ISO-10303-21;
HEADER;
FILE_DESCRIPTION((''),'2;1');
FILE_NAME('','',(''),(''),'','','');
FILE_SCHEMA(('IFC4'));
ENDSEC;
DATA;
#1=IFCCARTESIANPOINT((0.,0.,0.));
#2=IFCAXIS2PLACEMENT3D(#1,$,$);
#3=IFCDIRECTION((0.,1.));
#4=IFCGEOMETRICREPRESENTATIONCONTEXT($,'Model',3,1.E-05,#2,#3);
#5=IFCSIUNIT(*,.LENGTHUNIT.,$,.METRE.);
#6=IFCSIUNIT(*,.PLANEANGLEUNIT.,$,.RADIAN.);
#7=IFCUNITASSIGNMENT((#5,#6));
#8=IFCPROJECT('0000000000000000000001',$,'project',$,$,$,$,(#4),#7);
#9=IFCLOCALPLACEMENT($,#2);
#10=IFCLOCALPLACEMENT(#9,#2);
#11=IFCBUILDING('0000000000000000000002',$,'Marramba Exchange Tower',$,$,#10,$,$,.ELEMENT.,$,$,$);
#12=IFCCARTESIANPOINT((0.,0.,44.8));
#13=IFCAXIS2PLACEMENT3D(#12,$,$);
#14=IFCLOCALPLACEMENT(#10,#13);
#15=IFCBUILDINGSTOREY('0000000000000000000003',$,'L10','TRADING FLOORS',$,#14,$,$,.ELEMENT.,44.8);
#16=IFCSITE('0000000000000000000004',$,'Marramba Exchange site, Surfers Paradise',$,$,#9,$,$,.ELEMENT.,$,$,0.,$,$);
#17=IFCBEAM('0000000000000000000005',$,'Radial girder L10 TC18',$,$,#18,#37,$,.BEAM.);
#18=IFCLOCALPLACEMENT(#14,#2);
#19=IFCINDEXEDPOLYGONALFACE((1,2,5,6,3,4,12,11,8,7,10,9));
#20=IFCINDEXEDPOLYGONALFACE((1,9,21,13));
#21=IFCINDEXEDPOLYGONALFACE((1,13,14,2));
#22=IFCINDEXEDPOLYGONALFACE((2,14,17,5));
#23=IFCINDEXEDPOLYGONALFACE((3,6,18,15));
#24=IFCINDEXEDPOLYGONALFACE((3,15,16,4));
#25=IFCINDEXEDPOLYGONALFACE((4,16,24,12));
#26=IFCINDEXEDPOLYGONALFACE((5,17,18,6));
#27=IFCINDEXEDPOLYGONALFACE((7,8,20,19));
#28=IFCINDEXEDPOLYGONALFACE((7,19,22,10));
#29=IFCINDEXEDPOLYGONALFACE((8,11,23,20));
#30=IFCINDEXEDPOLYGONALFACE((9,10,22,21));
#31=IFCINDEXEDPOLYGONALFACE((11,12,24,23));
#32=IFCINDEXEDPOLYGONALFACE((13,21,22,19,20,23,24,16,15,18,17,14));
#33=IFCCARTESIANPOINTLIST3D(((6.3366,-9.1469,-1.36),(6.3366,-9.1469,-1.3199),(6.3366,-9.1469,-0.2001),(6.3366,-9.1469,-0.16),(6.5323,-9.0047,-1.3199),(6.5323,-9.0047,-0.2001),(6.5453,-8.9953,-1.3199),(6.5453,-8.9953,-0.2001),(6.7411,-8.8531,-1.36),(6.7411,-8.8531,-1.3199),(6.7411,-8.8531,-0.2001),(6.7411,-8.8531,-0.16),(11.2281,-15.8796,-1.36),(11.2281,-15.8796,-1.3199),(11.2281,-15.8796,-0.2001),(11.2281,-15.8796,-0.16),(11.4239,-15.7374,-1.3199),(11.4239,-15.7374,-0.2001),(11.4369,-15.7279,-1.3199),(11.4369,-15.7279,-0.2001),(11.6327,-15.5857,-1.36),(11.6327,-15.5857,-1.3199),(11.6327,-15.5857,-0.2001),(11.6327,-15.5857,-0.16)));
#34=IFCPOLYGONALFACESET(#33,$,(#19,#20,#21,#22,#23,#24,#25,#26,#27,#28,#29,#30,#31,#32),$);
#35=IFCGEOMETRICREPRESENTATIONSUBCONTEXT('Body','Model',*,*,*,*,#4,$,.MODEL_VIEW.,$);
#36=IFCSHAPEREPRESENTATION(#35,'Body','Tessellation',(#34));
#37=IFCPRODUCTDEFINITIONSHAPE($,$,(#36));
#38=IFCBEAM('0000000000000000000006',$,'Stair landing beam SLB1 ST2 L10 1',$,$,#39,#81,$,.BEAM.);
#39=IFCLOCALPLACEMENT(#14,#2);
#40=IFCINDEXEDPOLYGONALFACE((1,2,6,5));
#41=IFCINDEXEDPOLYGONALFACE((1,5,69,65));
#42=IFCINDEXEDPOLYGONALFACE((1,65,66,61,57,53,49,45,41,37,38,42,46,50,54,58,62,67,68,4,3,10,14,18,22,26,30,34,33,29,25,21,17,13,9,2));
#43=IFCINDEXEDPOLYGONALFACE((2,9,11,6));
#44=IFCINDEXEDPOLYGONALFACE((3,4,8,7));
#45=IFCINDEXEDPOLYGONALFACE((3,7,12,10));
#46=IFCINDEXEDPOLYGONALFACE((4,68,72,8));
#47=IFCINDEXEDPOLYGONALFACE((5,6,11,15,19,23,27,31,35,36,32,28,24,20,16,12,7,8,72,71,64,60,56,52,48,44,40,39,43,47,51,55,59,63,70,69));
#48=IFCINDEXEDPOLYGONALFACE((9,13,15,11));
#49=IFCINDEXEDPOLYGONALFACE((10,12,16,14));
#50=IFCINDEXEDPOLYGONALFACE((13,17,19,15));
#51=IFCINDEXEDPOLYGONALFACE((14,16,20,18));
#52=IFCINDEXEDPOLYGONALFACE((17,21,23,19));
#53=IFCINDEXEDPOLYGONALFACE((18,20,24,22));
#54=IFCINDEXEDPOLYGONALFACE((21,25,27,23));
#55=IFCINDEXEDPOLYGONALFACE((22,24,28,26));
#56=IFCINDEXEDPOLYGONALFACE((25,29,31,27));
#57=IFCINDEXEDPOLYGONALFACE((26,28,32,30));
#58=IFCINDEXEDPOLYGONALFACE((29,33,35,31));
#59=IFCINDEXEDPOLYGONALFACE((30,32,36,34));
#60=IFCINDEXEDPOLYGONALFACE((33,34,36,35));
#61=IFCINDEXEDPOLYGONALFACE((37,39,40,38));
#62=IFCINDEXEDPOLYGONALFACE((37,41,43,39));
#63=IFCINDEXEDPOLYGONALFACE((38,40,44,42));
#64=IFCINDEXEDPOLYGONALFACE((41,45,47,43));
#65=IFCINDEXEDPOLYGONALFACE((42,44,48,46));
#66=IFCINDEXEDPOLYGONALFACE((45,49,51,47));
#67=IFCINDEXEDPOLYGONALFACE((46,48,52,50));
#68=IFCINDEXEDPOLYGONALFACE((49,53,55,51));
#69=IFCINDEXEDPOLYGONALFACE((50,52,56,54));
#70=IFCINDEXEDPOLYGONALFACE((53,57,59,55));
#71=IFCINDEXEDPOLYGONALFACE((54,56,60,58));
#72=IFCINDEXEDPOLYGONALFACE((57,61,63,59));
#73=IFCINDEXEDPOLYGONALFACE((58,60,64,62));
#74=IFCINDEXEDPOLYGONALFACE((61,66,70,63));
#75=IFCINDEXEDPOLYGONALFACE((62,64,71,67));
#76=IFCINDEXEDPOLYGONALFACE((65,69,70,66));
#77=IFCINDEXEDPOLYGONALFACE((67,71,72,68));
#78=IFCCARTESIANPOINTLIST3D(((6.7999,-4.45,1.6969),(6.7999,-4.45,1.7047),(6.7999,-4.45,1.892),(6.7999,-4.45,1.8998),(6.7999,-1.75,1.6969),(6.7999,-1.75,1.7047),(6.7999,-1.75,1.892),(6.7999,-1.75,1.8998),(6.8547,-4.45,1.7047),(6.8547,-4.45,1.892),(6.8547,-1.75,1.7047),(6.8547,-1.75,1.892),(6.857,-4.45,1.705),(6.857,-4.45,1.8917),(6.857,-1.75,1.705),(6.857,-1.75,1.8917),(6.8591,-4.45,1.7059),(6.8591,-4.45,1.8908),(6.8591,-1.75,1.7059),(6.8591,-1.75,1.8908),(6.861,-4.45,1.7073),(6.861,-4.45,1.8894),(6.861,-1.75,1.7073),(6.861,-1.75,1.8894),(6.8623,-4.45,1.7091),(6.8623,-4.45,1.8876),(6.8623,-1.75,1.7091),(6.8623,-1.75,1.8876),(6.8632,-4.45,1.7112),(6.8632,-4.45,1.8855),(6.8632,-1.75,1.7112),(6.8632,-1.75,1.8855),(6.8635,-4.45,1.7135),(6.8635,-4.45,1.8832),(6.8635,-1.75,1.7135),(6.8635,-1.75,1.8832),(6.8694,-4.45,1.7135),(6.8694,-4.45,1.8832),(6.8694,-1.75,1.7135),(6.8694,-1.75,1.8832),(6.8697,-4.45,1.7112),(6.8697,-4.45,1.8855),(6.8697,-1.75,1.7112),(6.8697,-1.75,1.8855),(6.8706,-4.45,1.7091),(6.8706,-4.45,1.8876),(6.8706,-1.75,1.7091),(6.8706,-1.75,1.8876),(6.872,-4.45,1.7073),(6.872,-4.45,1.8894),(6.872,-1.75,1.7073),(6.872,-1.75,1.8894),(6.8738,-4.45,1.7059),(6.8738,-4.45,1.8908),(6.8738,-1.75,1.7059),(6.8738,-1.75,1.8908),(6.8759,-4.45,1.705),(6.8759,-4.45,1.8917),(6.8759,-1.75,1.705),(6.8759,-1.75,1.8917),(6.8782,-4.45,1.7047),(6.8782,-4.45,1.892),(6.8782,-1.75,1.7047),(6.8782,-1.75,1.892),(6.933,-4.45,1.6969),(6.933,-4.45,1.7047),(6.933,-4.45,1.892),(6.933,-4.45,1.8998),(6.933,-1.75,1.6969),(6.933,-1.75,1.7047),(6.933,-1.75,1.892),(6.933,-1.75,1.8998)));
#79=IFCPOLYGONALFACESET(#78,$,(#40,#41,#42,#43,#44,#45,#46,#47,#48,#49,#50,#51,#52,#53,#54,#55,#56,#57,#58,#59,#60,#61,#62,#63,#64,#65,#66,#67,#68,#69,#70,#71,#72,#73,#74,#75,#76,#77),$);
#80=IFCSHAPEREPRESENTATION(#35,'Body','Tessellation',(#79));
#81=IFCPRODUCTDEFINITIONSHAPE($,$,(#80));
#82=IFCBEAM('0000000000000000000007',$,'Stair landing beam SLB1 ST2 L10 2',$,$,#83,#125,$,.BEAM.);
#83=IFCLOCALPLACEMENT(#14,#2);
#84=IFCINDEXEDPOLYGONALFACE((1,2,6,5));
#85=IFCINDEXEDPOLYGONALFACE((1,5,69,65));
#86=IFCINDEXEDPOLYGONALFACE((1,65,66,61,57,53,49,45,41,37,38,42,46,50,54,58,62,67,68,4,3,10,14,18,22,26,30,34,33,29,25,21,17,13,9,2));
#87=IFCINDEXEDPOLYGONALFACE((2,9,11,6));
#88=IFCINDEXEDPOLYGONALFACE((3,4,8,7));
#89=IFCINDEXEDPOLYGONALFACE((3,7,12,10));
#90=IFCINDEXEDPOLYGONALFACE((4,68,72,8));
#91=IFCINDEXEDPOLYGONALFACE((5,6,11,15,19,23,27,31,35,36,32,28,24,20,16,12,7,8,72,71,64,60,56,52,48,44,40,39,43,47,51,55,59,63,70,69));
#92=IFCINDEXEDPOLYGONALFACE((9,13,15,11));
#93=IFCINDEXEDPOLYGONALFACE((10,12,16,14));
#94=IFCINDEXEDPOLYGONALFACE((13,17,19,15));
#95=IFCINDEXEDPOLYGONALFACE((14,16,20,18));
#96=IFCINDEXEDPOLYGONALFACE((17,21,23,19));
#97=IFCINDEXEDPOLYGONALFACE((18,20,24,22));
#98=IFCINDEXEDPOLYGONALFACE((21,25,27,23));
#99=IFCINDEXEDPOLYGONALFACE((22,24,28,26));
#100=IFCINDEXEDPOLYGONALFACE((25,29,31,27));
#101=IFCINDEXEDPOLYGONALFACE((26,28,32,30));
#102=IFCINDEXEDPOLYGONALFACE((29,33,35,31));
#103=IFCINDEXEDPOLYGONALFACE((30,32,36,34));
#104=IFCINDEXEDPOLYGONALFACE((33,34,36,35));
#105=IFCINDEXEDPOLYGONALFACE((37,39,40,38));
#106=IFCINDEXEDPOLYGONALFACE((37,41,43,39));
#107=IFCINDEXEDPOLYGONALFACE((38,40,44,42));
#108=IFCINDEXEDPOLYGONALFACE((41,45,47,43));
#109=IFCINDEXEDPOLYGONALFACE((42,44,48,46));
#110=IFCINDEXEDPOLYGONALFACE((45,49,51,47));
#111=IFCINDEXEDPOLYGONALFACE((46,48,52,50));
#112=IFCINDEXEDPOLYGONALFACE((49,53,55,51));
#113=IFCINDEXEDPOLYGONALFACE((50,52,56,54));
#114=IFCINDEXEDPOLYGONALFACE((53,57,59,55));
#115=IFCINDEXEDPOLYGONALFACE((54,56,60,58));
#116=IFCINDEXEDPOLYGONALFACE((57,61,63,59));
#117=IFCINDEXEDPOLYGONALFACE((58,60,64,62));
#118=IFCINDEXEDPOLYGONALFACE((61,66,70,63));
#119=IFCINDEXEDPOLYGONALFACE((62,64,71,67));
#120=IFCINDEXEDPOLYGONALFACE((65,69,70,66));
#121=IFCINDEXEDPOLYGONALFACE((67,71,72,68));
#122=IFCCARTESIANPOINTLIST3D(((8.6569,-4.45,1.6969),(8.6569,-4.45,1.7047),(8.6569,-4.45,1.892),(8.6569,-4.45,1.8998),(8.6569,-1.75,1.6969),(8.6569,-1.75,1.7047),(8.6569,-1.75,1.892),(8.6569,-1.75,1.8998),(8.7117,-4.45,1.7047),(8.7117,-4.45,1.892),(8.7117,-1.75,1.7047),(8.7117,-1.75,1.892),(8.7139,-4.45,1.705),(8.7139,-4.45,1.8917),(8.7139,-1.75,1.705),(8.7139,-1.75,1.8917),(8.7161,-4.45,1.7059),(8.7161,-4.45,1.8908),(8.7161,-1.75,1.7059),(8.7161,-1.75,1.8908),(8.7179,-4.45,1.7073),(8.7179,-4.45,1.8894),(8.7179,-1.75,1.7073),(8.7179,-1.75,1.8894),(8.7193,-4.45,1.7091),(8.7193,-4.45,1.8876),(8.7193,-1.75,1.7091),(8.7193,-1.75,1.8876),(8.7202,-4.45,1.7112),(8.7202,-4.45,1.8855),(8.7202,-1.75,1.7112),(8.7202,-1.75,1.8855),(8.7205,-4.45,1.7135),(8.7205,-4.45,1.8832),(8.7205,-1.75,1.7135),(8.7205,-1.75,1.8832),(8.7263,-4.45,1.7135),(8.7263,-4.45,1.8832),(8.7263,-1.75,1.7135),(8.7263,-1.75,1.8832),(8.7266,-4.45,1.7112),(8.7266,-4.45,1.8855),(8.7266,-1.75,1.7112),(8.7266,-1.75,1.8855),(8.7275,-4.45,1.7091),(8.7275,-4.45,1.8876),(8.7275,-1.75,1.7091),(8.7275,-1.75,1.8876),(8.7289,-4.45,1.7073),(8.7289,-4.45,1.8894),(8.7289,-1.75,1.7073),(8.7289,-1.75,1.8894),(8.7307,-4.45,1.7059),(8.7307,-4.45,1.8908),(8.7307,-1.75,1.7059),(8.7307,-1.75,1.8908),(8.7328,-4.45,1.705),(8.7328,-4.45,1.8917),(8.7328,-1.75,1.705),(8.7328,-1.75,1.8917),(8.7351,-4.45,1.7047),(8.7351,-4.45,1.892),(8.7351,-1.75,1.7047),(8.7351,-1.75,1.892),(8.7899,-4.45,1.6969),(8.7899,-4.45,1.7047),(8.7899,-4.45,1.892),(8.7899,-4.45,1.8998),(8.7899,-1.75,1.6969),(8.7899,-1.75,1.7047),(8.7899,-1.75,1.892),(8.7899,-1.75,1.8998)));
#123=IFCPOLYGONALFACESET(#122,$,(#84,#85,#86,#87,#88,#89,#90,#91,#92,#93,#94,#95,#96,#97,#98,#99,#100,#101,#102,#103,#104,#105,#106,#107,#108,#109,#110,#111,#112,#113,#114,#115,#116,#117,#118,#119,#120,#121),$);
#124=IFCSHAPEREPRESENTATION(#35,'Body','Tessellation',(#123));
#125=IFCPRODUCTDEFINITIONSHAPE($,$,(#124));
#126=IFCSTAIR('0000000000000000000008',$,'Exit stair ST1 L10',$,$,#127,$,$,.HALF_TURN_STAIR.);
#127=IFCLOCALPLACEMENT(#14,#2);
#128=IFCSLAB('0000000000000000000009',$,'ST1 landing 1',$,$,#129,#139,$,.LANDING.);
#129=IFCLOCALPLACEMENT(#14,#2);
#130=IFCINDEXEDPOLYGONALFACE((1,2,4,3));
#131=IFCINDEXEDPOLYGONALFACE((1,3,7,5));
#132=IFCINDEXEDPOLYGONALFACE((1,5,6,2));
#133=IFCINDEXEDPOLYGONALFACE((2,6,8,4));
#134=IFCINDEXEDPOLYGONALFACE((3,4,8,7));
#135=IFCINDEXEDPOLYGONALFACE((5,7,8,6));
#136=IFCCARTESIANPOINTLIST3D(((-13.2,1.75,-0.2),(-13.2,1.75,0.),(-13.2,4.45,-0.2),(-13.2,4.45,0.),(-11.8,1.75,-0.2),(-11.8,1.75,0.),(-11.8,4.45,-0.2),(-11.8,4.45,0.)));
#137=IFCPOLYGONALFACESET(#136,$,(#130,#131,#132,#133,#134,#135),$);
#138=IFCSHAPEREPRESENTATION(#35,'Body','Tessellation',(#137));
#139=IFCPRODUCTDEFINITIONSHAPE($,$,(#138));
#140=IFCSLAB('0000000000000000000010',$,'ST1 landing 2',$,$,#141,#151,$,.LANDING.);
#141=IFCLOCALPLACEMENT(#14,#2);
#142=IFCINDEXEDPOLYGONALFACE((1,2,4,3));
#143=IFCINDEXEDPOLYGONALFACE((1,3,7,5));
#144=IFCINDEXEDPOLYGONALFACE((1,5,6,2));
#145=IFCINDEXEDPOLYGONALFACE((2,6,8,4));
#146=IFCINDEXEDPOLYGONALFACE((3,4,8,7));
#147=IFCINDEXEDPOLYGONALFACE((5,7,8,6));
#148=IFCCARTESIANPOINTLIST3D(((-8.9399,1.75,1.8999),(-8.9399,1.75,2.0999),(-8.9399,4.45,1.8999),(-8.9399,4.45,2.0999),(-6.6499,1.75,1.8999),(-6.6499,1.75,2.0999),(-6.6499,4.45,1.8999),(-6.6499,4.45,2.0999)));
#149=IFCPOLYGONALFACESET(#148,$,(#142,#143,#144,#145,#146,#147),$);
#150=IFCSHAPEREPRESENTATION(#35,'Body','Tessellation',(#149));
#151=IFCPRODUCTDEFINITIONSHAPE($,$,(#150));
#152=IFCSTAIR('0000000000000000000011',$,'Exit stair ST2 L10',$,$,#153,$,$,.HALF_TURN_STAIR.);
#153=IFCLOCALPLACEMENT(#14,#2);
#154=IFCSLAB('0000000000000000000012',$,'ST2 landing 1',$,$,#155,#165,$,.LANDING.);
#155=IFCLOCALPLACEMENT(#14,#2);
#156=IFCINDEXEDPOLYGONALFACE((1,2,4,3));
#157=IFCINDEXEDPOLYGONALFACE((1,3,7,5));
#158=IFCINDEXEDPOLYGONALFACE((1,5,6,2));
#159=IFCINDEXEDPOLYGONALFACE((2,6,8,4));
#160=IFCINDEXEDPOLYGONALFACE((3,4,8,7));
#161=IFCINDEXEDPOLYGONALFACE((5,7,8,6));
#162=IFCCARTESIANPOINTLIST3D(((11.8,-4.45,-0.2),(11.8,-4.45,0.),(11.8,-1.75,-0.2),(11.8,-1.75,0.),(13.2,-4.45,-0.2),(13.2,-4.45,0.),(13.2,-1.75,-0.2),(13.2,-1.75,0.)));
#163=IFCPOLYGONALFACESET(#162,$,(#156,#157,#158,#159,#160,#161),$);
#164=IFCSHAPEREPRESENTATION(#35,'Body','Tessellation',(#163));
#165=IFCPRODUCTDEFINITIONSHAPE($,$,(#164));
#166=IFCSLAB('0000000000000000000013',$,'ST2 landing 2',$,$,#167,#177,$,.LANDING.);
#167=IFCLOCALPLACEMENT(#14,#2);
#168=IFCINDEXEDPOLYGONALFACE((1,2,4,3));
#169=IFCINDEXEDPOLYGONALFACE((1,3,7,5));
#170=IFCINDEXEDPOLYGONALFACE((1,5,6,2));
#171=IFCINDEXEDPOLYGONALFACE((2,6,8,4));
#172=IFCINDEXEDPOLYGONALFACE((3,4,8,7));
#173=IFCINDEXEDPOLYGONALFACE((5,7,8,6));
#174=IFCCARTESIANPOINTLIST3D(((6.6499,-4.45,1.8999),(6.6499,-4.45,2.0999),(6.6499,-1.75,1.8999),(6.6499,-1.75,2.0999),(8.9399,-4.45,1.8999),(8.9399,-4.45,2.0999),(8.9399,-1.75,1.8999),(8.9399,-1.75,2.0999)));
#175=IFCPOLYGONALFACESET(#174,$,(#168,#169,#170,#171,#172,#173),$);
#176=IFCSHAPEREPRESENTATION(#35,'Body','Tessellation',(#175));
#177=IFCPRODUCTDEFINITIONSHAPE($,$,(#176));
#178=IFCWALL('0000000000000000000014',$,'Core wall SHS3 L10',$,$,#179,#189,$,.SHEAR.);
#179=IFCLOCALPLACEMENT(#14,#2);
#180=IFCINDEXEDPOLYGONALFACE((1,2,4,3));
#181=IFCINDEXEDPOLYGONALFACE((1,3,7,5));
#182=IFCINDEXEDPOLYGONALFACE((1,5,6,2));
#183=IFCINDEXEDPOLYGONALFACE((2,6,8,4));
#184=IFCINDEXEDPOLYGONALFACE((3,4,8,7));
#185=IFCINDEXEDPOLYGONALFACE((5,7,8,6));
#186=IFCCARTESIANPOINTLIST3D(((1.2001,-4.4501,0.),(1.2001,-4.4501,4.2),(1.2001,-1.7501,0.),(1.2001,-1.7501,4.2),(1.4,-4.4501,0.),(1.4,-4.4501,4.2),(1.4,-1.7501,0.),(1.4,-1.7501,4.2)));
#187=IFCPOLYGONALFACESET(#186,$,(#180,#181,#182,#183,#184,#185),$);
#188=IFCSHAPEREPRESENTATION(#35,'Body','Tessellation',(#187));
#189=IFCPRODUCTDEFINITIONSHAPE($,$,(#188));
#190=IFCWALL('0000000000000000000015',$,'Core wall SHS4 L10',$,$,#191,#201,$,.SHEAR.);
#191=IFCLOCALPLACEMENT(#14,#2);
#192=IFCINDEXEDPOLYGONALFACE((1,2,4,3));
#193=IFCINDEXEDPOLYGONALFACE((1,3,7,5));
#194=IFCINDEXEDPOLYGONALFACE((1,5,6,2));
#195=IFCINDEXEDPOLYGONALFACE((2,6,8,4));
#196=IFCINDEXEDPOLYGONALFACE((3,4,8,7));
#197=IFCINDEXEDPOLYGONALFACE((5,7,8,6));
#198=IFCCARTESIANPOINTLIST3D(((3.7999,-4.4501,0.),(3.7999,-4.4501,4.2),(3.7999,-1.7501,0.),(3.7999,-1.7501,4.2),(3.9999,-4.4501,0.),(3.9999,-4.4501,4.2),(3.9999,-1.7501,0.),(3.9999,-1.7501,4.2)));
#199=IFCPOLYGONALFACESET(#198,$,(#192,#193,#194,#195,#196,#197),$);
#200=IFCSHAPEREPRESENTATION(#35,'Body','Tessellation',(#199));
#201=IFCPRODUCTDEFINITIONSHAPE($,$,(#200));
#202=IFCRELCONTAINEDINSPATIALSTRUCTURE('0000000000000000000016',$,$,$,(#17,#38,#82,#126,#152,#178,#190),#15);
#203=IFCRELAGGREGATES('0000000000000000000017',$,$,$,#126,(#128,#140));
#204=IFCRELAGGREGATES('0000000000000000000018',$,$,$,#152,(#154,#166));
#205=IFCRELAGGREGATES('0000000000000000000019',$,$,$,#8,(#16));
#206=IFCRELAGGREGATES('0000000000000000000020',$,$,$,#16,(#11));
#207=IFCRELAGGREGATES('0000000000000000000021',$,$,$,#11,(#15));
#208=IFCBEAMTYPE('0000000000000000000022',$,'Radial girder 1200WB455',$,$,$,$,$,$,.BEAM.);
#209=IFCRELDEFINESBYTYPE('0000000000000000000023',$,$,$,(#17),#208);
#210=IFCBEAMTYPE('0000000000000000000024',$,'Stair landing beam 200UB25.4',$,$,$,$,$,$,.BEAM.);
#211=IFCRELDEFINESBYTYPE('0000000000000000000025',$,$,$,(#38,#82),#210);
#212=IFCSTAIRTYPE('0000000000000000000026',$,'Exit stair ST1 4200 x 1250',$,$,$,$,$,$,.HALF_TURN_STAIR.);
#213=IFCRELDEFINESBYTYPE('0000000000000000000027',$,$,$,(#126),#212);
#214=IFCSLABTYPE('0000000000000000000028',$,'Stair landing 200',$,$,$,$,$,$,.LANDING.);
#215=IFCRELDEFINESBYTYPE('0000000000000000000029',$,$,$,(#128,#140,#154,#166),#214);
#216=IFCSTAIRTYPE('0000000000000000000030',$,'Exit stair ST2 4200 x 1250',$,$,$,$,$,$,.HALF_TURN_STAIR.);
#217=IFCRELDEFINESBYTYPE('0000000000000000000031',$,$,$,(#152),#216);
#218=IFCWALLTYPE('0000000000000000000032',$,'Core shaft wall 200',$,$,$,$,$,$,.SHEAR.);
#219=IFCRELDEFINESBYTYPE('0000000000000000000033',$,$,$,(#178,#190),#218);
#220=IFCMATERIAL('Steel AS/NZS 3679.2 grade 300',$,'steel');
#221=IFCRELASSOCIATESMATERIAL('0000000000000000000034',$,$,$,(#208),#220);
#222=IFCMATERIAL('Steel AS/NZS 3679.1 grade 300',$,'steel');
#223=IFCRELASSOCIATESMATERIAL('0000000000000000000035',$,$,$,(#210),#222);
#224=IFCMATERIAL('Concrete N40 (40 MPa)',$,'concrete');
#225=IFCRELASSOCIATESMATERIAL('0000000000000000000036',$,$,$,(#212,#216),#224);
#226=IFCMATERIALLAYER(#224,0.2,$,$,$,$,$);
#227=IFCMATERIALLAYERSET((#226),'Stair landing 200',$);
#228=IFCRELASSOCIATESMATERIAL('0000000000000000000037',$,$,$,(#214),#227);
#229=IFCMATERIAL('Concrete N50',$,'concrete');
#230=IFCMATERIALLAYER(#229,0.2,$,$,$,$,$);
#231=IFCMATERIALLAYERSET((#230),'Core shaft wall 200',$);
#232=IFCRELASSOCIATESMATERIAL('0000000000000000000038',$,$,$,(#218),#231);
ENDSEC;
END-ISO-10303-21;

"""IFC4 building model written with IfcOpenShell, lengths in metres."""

from ifc_helpers import new_model, si_unit, direction, frame, frame_2d, origin, origin_2d, place, context, subcontext, project, spatial, polyline, rectangle, i_section, outline, extrude, material, layer, layer_set, material_profile, profile_set, type_object, element, aggregate, save


model = new_model("IFC4")

# Units and contexts
model_context = context("Model", 3, precision=1e-05, world=origin(), true_north=direction((0.0, 1.0)))
body_context = subcontext(model_context, "Body", "Model", "MODEL_VIEW")
ifc_project = project(units=[si_unit("LENGTHUNIT", "METRE"), si_unit("PLANEANGLEUNIT", "RADIAN")], contexts=[model_context])

# Site, building, storey
site_placement = place(None, origin())
site = spatial("IfcSite", under=ifc_project, at=site_placement, Name="Marramba Exchange site, Surfers Paradise", CompositionType="ELEMENT", RefElevation=0.0)
building_placement = place(site_placement, origin())
building = spatial("IfcBuilding", under=site, at=building_placement, Name="Marramba Exchange Tower", CompositionType="ELEMENT")
storey_placement = place(building_placement, frame((0.0, 0.0, 44.8)))
storey = spatial("IfcBuildingStorey", under=building, at=storey_placement, Name="L10", Description="TRADING FLOORS", CompositionType="ELEMENT", Elevation=44.8)

# Beams
ifc_material_1 = material(Name="Steel AS/NZS 3679.2 grade 300", Category="steel")
ifc_material_profile_1 = material_profile(ifc_material_1, i_section(OverallWidth=0.5, OverallDepth=1.2, WebThickness=0.0161, FlangeThickness=0.04, at=origin_2d()), Name="1200WB455")
ifc_profile_set_1 = profile_set([ifc_material_profile_1], Name="Steel AS/NZS 3679.2 grade 300")
beam_type_1 = type_object("IfcBeamType", Name="Radial girder 1200WB455", PredefinedType="BEAM", material=ifc_profile_set_1)
beam_placement = place(storey_placement, frame((6.5388, -9.0, -0.76), z_axis=(0.587788, -0.809015, 0.0), x_axis=(0.809015, 0.587788, 0.0)))
element("IfcBeam", 1, at=beam_placement, inside=storey, type_object=beam_type_1, Name="Radial girder L10 TC18", PredefinedType="BEAM", context=body_context, shape_type="SweptSolid", body=[
    extrude(i_section(OverallWidth=0.5, OverallDepth=1.2, WebThickness=0.0161, FlangeThickness=0.04, at=origin_2d()), origin(), (0.0, 0.0, 1.0), 8.322),
])
ifc_material_2 = material(Name="Steel AS/NZS 3679.1 grade 300", Category="steel")
ifc_material_profile_2 = material_profile(ifc_material_2, i_section(OverallWidth=0.1331, OverallDepth=0.2029, WebThickness=0.0059, FlangeThickness=0.0078, FilletRadius=0.0088, at=origin_2d()), Name="200UB25.4")
ifc_profile_set_2 = profile_set([ifc_material_profile_2], Name="Steel AS/NZS 3679.1 grade 300")
beam_type_2 = type_object("IfcBeamType", Name="Stair landing beam 200UB25.4", PredefinedType="BEAM", material=ifc_profile_set_2)
for number, where, z_axis, x_axis, name in (
    (2, (6.8665, -4.45, 1.7983), (0.0, 1.0, 0.0), (-1.0, 0.0, 0.0), "Stair landing beam SLB1 ST2 L10 1"),
    (3, (8.7234, -4.45, 1.7983), (0.0, 1.0, 0.0), (-1.0, 0.0, 0.0), "Stair landing beam SLB1 ST2 L10 2"),
):
    element("IfcBeam", number, at=place(storey_placement, frame(where, z_axis=z_axis, x_axis=x_axis)), inside=storey, type_object=beam_type_2, Name=name, PredefinedType="BEAM", context=body_context, shape_type="SweptSolid", body=[
        extrude(i_section(OverallWidth=0.1331, OverallDepth=0.2029, WebThickness=0.0059, FlangeThickness=0.0078, FilletRadius=0.0088, at=origin_2d()), origin(), (0.0, 0.0, 1.0), 2.7),
    ])

# Stairs, slabs
ifc_material_3 = material(Name="Concrete N40 (40 MPa)", Category="concrete")
stair_type_1 = type_object("IfcStairType", Name="Exit stair ST1 4200 x 1250", PredefinedType="HALF_TURN_STAIR", material=ifc_material_3)
stair_1_placement = place(storey_placement, origin())
stair_1 = element("IfcStair", 4, at=stair_1_placement, inside=storey, type_object=stair_type_1, Name="Exit stair ST1 L10", PredefinedType="HALF_TURN_STAIR")
ifc_layer_1 = layer(ifc_material_3, 0.2)
ifc_layer_set_1 = layer_set([ifc_layer_1], Name="Stair landing 200")
slab_type = type_object("IfcSlabType", Name="Stair landing 200", PredefinedType="LANDING", material=ifc_layer_set_1)
slab_1_placement = place(storey_placement, frame((0.0, 0.0, -0.2)))
slab_1 = element("IfcSlab", 5, at=slab_1_placement, type_object=slab_type, Name="ST1 landing 1", PredefinedType="LANDING", context=body_context, shape_type="SweptSolid", body=[
    extrude(outline(polyline([(-13.2, 1.75), (-11.8, 1.75), (-11.8, 4.45), (-13.2, 4.45), (-13.2, 1.75)])), origin(), (0.0, 0.0, 1.0), 0.2),
])
slab_2_placement = place(storey_placement, frame((0.0, 0.0, 1.8999)))
slab_2 = element("IfcSlab", 6, at=slab_2_placement, type_object=slab_type, Name="ST1 landing 2", PredefinedType="LANDING", context=body_context, shape_type="SweptSolid", body=[
    extrude(outline(polyline([(-8.9399, 1.75), (-6.6499, 1.75), (-6.6499, 4.45), (-8.9399, 4.45), (-8.9399, 1.75)])), origin(), (0.0, 0.0, 1.0), 0.2),
])
aggregate(stair_1, [slab_1, slab_2])
stair_type_2 = type_object("IfcStairType", Name="Exit stair ST2 4200 x 1250", PredefinedType="HALF_TURN_STAIR", material=ifc_material_3)
stair_2_placement = place(storey_placement, origin())
stair_2 = element("IfcStair", 7, at=stair_2_placement, inside=storey, type_object=stair_type_2, Name="Exit stair ST2 L10", PredefinedType="HALF_TURN_STAIR")
slab_3_placement = place(storey_placement, frame((0.0, 0.0, -0.2)))
slab_3 = element("IfcSlab", 8, at=slab_3_placement, type_object=slab_type, Name="ST2 landing 1", PredefinedType="LANDING", context=body_context, shape_type="SweptSolid", body=[
    extrude(outline(polyline([(11.8, -4.45), (13.2, -4.45), (13.2, -1.75), (11.8, -1.75), (11.8, -4.45)])), origin(), (0.0, 0.0, 1.0), 0.2),
])
slab_4_placement = place(storey_placement, frame((0.0, 0.0, 1.8999)))
slab_4 = element("IfcSlab", 9, at=slab_4_placement, type_object=slab_type, Name="ST2 landing 2", PredefinedType="LANDING", context=body_context, shape_type="SweptSolid", body=[
    extrude(outline(polyline([(6.6499, -4.45), (8.9399, -4.45), (8.9399, -1.75), (6.6499, -1.75), (6.6499, -4.45)])), origin(), (0.0, 0.0, 1.0), 0.2),
])

# Walls
ifc_material_4 = material(Name="Concrete N50", Category="concrete")
ifc_layer_2 = layer(ifc_material_4, 0.2)
ifc_layer_set_2 = layer_set([ifc_layer_2], Name="Core shaft wall 200")
wall_type_1 = type_object("IfcWallType", Name="Core shaft wall 200", PredefinedType="SHEAR", material=ifc_layer_set_2)
for number, where, z_axis, x_axis, name in (
    (10, (1.3, -1.75, 0.0), (0.0, 0.0, 1.0), (0.0, -1.0, 0.0), "Core wall SHS3 L10"),
    (11, (3.8999, -1.75, 0.0), (0.0, 0.0, 1.0), (0.0, -1.0, 0.0), "Core wall SHS4 L10"),
):
    element("IfcWall", number, at=place(storey_placement, frame(where, z_axis=z_axis, x_axis=x_axis)), inside=storey, type_object=wall_type_1, Name=name, PredefinedType="SHEAR", context=body_context, shape_type="SweptSolid", body=[
        extrude(rectangle(XDim=2.7, YDim=0.2, at=frame_2d((1.3501, 0.0))), origin(), (0.0, 0.0, 1.0), 4.2),
    ])

aggregate(stair_2, [slab_3, slab_4])

save(model, "model.ifc")
